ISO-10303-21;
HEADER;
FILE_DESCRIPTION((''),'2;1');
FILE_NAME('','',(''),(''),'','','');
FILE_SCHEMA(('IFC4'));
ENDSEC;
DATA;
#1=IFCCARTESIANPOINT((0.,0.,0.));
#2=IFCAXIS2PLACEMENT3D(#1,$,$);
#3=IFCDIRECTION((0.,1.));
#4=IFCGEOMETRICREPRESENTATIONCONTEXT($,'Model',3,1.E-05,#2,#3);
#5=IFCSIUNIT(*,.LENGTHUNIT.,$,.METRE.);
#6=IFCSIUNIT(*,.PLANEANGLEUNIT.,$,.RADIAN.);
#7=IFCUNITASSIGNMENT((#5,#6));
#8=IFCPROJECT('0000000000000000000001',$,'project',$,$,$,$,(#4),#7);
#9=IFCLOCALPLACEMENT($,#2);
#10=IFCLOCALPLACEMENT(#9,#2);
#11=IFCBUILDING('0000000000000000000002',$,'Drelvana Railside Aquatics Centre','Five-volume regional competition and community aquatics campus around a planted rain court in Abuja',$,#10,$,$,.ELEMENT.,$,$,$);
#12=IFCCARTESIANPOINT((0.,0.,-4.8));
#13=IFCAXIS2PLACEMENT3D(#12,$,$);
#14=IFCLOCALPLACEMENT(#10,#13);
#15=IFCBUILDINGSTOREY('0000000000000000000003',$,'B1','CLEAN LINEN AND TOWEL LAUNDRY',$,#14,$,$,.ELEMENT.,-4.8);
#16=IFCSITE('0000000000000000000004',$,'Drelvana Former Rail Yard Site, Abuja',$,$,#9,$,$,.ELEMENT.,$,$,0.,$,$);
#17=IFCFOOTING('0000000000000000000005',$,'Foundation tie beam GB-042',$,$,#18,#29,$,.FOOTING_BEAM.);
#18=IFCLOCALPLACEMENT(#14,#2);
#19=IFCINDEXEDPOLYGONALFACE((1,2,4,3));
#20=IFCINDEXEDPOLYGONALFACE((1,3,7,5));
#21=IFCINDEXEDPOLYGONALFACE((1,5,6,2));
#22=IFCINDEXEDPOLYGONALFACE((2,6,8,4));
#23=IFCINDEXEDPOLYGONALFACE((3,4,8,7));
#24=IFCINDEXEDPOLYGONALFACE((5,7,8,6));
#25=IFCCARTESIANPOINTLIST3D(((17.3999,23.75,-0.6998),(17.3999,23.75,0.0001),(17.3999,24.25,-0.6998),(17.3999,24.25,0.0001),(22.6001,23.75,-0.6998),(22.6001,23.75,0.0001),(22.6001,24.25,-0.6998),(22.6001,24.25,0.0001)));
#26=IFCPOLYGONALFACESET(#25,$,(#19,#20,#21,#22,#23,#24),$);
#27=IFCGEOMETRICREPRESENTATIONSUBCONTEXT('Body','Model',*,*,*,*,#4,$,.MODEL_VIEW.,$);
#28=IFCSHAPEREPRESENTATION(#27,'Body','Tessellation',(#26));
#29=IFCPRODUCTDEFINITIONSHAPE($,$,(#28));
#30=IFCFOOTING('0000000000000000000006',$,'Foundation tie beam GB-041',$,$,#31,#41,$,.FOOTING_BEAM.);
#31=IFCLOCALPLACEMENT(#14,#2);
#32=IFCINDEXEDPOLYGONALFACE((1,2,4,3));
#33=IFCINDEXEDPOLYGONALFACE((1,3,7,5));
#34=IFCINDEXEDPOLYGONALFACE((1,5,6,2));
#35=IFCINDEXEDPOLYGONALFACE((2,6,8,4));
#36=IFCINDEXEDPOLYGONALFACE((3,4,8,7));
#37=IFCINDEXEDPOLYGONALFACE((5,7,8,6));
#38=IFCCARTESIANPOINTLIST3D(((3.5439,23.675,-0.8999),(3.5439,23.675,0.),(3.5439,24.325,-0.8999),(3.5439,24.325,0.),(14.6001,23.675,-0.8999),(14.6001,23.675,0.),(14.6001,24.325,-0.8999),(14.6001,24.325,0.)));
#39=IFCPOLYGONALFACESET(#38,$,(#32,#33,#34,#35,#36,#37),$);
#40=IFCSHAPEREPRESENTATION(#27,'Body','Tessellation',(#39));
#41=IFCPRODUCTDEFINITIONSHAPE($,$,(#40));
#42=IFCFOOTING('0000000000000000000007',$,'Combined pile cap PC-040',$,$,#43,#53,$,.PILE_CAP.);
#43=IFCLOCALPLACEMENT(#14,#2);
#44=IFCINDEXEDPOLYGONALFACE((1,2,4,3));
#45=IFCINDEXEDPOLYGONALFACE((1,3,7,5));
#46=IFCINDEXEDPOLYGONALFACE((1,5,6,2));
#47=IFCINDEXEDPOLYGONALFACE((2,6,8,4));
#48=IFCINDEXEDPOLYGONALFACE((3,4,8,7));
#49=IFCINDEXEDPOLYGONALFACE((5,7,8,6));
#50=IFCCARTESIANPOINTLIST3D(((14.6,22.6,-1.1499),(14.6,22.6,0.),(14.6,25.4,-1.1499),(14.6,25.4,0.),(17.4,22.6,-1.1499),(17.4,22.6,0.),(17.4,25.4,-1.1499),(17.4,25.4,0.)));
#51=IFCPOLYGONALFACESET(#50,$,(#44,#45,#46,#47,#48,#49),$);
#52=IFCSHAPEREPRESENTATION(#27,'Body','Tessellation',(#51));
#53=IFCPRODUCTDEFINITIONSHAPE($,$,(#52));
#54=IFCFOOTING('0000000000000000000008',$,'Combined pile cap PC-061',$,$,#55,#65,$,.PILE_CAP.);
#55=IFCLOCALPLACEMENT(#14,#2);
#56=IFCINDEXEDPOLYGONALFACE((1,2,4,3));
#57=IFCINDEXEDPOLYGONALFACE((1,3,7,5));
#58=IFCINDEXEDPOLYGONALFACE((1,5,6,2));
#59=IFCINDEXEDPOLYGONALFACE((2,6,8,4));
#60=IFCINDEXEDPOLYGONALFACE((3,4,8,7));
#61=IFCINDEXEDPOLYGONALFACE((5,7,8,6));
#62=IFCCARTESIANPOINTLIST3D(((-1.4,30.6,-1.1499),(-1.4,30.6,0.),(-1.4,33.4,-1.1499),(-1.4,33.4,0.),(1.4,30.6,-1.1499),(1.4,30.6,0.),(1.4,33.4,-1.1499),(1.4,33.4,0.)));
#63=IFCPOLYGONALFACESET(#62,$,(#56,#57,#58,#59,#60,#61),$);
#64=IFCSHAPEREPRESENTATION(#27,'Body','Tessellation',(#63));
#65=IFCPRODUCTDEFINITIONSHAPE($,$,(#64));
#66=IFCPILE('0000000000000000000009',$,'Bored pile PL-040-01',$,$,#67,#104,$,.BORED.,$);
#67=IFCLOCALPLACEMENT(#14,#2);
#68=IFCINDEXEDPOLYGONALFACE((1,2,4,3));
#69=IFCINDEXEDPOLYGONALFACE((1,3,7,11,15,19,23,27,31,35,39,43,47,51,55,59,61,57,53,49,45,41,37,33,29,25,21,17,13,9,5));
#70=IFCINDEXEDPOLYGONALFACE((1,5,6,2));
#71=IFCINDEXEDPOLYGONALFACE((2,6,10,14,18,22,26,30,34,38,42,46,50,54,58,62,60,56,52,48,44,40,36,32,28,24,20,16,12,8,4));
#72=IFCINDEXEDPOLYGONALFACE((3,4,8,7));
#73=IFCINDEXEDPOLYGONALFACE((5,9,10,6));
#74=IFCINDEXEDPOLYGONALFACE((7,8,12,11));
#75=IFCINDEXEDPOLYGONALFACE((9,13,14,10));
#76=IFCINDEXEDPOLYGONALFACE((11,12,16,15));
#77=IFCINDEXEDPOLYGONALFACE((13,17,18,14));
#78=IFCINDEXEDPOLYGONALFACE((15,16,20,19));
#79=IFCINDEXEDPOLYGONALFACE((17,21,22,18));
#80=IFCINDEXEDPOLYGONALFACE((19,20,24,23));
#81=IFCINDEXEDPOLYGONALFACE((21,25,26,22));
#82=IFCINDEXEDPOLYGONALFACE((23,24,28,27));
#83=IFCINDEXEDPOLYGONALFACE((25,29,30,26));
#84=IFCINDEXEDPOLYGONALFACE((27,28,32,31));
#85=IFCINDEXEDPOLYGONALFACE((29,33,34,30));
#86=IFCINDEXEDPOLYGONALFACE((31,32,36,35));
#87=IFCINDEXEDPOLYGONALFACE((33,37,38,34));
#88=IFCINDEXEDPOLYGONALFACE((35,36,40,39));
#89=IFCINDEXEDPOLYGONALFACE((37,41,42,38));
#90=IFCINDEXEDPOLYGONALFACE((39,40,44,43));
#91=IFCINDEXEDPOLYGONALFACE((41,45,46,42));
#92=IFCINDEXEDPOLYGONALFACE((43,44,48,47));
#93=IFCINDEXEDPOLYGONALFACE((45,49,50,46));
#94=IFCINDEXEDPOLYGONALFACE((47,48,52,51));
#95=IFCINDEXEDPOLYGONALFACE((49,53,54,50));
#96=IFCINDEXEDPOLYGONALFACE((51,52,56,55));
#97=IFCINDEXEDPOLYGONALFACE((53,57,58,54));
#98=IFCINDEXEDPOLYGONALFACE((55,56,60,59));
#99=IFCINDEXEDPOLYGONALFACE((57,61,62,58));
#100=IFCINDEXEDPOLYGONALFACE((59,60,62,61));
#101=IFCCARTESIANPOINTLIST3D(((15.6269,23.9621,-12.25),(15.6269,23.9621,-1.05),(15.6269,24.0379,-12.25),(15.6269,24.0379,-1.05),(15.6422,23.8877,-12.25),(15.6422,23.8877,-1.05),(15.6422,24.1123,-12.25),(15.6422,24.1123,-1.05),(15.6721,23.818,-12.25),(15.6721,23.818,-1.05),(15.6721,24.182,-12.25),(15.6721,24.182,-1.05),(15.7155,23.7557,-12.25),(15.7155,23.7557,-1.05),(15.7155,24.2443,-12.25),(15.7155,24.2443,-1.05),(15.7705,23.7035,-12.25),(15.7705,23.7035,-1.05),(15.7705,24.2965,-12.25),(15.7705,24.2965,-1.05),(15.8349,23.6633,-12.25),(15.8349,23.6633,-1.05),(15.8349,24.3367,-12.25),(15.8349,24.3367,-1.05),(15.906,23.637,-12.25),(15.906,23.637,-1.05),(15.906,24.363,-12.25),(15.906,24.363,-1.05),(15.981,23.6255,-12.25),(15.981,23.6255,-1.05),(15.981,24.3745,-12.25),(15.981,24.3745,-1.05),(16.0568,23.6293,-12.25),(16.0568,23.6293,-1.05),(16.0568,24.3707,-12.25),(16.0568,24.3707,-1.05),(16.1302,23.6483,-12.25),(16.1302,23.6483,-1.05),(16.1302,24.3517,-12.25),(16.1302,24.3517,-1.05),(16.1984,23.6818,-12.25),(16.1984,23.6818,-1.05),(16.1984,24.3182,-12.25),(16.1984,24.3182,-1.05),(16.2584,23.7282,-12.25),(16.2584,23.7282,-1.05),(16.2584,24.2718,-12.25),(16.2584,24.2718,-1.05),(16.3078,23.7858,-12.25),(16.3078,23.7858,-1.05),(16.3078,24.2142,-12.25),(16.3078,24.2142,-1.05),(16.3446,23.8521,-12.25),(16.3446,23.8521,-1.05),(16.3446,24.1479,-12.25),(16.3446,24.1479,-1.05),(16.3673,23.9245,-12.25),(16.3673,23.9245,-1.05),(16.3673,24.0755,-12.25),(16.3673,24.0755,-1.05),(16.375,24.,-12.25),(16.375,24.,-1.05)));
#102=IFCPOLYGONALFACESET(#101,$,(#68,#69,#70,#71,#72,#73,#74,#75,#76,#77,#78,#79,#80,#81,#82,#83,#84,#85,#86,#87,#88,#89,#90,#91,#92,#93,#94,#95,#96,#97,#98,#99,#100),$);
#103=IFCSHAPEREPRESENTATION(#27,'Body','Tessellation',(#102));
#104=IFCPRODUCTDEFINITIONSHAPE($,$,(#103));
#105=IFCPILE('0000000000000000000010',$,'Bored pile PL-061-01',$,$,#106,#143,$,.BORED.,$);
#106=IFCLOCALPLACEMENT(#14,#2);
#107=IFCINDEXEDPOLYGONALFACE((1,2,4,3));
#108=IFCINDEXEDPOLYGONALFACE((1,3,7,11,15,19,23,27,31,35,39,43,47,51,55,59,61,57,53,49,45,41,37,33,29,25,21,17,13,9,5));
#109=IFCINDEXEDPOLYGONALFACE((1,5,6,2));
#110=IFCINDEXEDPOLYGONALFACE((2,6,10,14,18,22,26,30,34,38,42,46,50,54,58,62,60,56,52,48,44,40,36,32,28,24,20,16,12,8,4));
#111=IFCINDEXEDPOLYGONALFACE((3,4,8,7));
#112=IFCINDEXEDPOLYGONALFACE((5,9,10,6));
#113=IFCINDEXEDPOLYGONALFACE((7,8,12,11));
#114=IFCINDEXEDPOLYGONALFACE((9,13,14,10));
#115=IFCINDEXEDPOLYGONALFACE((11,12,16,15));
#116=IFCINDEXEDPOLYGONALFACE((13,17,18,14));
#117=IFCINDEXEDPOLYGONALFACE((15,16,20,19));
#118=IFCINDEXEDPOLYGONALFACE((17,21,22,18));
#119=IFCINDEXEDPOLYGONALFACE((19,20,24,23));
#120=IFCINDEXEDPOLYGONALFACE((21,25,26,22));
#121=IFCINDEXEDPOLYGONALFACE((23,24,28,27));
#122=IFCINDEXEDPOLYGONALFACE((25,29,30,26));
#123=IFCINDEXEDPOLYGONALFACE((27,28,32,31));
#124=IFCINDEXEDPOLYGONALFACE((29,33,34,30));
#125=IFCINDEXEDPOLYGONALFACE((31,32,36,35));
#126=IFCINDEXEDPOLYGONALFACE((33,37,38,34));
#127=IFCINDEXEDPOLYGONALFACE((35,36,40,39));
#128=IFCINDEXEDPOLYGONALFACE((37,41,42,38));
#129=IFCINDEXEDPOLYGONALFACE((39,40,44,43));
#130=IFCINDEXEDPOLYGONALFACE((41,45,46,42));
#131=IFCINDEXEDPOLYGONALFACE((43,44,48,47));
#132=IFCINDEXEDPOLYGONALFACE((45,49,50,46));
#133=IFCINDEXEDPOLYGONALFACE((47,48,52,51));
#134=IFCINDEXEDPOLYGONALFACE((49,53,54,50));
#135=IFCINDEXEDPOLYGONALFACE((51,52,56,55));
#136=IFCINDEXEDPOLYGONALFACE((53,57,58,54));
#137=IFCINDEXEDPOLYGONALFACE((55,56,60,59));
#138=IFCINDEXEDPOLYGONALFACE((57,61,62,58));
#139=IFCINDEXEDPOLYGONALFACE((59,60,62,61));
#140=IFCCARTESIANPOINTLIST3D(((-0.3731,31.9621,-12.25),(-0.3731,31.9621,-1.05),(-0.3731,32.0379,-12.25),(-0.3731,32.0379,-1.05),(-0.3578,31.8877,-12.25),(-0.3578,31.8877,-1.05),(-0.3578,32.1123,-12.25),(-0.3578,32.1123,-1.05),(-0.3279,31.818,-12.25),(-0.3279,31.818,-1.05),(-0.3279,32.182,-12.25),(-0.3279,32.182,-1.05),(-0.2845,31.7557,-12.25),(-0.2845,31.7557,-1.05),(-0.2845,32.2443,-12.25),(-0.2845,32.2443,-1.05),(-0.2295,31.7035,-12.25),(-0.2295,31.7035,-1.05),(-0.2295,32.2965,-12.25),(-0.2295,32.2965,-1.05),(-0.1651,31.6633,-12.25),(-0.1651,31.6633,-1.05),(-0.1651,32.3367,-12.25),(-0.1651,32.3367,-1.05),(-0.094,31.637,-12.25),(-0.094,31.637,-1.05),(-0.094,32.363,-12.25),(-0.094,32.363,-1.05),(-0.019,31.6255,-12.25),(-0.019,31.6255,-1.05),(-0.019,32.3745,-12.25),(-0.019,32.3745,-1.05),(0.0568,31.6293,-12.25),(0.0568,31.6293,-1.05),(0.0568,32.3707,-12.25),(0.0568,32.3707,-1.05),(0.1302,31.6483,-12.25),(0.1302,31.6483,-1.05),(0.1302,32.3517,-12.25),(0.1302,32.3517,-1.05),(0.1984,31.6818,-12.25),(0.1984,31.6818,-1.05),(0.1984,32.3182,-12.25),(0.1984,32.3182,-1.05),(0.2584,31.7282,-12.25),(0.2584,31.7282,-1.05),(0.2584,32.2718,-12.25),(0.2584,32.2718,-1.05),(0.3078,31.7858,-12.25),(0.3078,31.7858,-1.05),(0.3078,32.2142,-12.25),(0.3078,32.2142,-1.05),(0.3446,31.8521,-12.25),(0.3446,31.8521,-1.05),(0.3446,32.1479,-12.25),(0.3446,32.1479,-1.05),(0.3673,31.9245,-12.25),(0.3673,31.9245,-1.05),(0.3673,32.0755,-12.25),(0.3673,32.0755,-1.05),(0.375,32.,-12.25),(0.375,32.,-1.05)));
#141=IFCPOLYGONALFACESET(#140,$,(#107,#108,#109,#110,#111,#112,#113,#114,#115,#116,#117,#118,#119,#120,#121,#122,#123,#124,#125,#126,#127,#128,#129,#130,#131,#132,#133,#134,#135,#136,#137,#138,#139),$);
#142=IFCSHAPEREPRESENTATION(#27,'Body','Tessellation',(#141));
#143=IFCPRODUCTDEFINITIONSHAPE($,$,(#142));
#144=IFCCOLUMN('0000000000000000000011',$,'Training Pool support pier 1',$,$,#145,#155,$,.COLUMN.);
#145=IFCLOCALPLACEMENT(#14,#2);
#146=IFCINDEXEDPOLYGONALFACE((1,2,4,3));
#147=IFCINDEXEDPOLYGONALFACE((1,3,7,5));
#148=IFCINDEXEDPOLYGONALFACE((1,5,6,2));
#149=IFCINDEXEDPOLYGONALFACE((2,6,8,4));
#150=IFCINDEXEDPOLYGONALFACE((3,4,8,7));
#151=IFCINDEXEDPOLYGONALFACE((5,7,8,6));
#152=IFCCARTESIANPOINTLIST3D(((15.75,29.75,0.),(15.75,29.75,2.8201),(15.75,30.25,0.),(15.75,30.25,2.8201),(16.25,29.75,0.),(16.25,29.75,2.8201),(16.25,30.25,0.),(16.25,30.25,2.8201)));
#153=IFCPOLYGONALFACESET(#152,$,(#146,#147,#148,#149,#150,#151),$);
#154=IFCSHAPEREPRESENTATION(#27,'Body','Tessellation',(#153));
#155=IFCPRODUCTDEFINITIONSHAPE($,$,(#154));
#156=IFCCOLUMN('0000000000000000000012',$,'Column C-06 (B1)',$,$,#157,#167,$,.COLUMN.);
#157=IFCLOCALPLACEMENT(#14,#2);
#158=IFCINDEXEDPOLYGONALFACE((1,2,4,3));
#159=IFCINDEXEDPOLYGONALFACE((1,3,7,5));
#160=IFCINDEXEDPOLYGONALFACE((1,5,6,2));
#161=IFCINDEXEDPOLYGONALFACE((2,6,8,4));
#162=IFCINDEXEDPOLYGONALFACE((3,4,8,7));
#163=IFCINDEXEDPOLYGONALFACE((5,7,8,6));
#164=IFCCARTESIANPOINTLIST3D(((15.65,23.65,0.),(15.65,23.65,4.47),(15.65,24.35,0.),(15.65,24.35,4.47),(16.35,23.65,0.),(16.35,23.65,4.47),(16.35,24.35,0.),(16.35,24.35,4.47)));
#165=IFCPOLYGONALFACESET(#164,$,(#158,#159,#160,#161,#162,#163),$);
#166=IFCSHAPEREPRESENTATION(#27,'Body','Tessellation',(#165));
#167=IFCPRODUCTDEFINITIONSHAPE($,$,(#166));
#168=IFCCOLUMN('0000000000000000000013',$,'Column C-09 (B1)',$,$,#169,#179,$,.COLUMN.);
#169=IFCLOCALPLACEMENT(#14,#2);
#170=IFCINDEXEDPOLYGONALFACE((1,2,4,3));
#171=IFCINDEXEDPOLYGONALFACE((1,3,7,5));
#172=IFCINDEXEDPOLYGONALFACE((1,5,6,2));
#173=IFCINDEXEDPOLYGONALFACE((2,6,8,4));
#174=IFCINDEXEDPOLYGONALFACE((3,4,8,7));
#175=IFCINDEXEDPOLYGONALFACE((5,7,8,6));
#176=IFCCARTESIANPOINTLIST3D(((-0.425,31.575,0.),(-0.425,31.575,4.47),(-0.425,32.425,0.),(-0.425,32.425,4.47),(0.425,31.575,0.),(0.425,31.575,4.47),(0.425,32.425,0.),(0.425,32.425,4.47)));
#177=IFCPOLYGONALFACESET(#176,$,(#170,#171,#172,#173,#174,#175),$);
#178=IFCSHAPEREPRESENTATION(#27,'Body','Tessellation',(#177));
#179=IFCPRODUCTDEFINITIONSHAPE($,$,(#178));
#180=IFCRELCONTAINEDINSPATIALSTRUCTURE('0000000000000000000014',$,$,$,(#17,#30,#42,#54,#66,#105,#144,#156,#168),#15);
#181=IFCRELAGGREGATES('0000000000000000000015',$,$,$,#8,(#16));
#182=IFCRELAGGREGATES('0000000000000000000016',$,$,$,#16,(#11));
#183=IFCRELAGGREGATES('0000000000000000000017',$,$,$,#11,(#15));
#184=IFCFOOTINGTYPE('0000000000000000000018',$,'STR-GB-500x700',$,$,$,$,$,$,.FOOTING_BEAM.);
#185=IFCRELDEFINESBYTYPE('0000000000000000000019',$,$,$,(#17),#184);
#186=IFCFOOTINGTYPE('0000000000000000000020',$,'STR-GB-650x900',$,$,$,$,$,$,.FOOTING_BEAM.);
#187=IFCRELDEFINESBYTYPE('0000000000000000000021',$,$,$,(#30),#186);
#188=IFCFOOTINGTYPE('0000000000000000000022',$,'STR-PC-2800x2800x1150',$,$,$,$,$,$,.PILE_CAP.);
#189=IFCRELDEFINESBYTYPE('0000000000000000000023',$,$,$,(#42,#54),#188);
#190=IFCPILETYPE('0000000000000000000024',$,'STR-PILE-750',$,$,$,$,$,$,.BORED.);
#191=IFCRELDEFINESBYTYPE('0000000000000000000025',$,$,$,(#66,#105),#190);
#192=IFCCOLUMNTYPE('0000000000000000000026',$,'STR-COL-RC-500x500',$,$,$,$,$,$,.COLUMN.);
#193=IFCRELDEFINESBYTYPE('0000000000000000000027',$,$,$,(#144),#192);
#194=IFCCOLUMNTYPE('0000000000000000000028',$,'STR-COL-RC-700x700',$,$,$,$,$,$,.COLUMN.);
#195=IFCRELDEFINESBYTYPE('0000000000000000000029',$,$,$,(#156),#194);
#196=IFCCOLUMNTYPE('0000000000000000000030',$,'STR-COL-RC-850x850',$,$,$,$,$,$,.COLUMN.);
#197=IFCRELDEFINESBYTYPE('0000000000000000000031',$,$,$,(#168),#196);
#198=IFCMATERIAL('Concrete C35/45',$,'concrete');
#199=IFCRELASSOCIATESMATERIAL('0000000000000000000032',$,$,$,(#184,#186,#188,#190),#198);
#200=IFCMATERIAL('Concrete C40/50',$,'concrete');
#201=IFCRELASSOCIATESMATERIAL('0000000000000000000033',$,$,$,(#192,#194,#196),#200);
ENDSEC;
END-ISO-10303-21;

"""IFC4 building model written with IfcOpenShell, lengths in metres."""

from ifc_helpers import new_model, si_unit, direction, frame, origin, origin_2d, place, context, subcontext, project, spatial, rectangle, circle, extrude, material, material_profile, profile_set, type_object, element, save


model = new_model("IFC4")

# Units and contexts
model_context = context("Model", 3, precision=1e-05, world=origin(), true_north=direction((0.0, 1.0)))
body_context = subcontext(model_context, "Body", "Model", "MODEL_VIEW")
ifc_project = project(units=[si_unit("LENGTHUNIT", "METRE"), si_unit("PLANEANGLEUNIT", "RADIAN")], contexts=[model_context])

# Site, building, storey
site_placement = place(None, origin())
site = spatial("IfcSite", under=ifc_project, at=site_placement, Name="Drelvana Former Rail Yard Site, Abuja", CompositionType="ELEMENT", RefElevation=0.0)
building_placement = place(site_placement, origin())
building = spatial("IfcBuilding", under=site, at=building_placement, Name="Drelvana Railside Aquatics Centre", Description="Five-volume regional competition and community aquatics campus around a planted rain court in Abuja", CompositionType="ELEMENT")
storey_placement = place(building_placement, frame((0.0, 0.0, -4.8)))
storey = spatial("IfcBuildingStorey", under=building, at=storey_placement, Name="B1", Description="CLEAN LINEN AND TOWEL LAUNDRY", CompositionType="ELEMENT", Elevation=-4.8)

# Footings
ifc_material_1 = material(Name="Concrete C35/45", Category="concrete")
ifc_material_profile_1 = material_profile(ifc_material_1, rectangle(XDim=0.5, YDim=0.7, at=origin_2d()), Name="GB 500x700")
ifc_profile_set_1 = profile_set([ifc_material_profile_1], Name="Concrete C35/45")
footing_type_1 = type_object("IfcFootingType", Name="STR-GB-500x700", PredefinedType="FOOTING_BEAM", material=ifc_profile_set_1)
footing_1_placement = place(storey_placement, frame((17.3999, 24.0, -0.3499), z_axis=(1.0, 0.0, 0.0), x_axis=(0.0, 1.0, 0.0)))
element("IfcFooting", 1, at=footing_1_placement, inside=storey, type_object=footing_type_1, Name="Foundation tie beam GB-042", PredefinedType="FOOTING_BEAM", context=body_context, shape_type="SweptSolid", body=[
    extrude(rectangle(XDim=0.5, YDim=0.7, at=origin_2d()), origin(), (0.0, 0.0, 1.0), 5.2002),
])
ifc_material_profile_2 = material_profile(ifc_material_1, rectangle(XDim=0.6499, YDim=0.8999, at=origin_2d()), Name="GB 650x900")
ifc_profile_set_2 = profile_set([ifc_material_profile_2], Name="Concrete C35/45")
footing_type_2 = type_object("IfcFootingType", Name="STR-GB-650x900", PredefinedType="FOOTING_BEAM", material=ifc_profile_set_2)
footing_2_placement = place(storey_placement, frame((3.5439, 24.0, -0.45), z_axis=(1.0, 0.0, 0.0), x_axis=(0.0, 1.0, 0.0)))
element("IfcFooting", 2, at=footing_2_placement, inside=storey, type_object=footing_type_2, Name="Foundation tie beam GB-041", PredefinedType="FOOTING_BEAM", context=body_context, shape_type="SweptSolid", body=[
    extrude(rectangle(XDim=0.6499, YDim=0.8999, at=origin_2d()), origin(), (0.0, 0.0, 1.0), 11.0562),
])
footing_type_3 = type_object("IfcFootingType", Name="STR-PC-2800x2800x1150", PredefinedType="PILE_CAP", material=ifc_material_1)
for number, where, z_axis, x_axis, name in (
    (3, (16.0, 24.0, -1.1499), (0.0, 0.0, 1.0), (1.0, 0.0, 0.0), "Combined pile cap PC-040"),
    (4, (0.0, 32.0, -1.1499), (0.0, 0.0, 1.0), (1.0, 0.0, 0.0), "Combined pile cap PC-061"),
):
    element("IfcFooting", number, at=place(storey_placement, frame(where, z_axis=z_axis, x_axis=x_axis)), inside=storey, type_object=footing_type_3, Name=name, PredefinedType="PILE_CAP", context=body_context, shape_type="SweptSolid", body=[
        extrude(rectangle(XDim=2.8, YDim=2.8, at=origin_2d()), origin(), (0.0, 0.0, 1.0), 1.1499),
    ])

# Piles
ifc_material_profile_3 = material_profile(ifc_material_1, circle(Radius=0.375, at=origin_2d()), Name="PILE D750")
ifc_profile_set_3 = profile_set([ifc_material_profile_3], Name="Concrete C35/45")
pile_type = type_object("IfcPileType", Name="STR-PILE-750", PredefinedType="BORED", material=ifc_profile_set_3)
for number, where, z_axis, x_axis, name in (
    (5, (16.0, 24.0, -1.05), (0.0, 0.0, -1.0), (1.0, 0.0, 0.0), "Bored pile PL-040-01"),
    (6, (0.0, 32.0, -1.05), (0.0, 0.0, -1.0), (1.0, 0.0, 0.0), "Bored pile PL-061-01"),
):
    element("IfcPile", number, at=place(storey_placement, frame(where, z_axis=z_axis, x_axis=x_axis)), inside=storey, type_object=pile_type, Name=name, PredefinedType="BORED", context=body_context, shape_type="SweptSolid", body=[
        extrude(circle(Radius=0.375, at=origin_2d()), origin(), (0.0, 0.0, 1.0), 11.2),
    ])

# Columns
ifc_material_2 = material(Name="Concrete C40/50", Category="concrete")
ifc_material_profile_4 = material_profile(ifc_material_2, rectangle(XDim=0.5, YDim=0.5, at=origin_2d()), Name="RC 500x500")
ifc_profile_set_4 = profile_set([ifc_material_profile_4], Name="Concrete C40/50")
column_type_1 = type_object("IfcColumnType", Name="STR-COL-RC-500x500", PredefinedType="COLUMN", material=ifc_profile_set_4)
column_1_placement = place(storey_placement, frame((16.0, 30.0, 0.0), z_axis=(0.0, 0.0, 1.0), x_axis=(1.0, 0.0, 0.0)))
element("IfcColumn", 7, at=column_1_placement, inside=storey, type_object=column_type_1, Name="Training Pool support pier 1", PredefinedType="COLUMN", context=body_context, shape_type="SweptSolid", body=[
    extrude(rectangle(XDim=0.5, YDim=0.5, at=origin_2d()), origin(), (0.0, 0.0, 1.0), 2.8201),
])
ifc_material_profile_5 = material_profile(ifc_material_2, rectangle(XDim=0.7, YDim=0.7, at=origin_2d()), Name="RC 700x700")
ifc_profile_set_5 = profile_set([ifc_material_profile_5], Name="Concrete C40/50")
column_type_2 = type_object("IfcColumnType", Name="STR-COL-RC-700x700", PredefinedType="COLUMN", material=ifc_profile_set_5)
column_2_placement = place(storey_placement, frame((16.0, 24.0, 0.0), z_axis=(0.0, 0.0, 1.0), x_axis=(1.0, 0.0, 0.0)))
element("IfcColumn", 8, at=column_2_placement, inside=storey, type_object=column_type_2, Name="Column C-06 (B1)", PredefinedType="COLUMN", context=body_context, shape_type="SweptSolid", body=[
    extrude(rectangle(XDim=0.7, YDim=0.7, at=origin_2d()), origin(), (0.0, 0.0, 1.0), 4.47),
])
ifc_material_profile_6 = material_profile(ifc_material_2, rectangle(XDim=0.8501, YDim=0.8501, at=origin_2d()), Name="RC 850x850")
ifc_profile_set_6 = profile_set([ifc_material_profile_6], Name="Concrete C40/50")
column_type_3 = type_object("IfcColumnType", Name="STR-COL-RC-850x850", PredefinedType="COLUMN", material=ifc_profile_set_6)
column_3_placement = place(storey_placement, frame((0.0, 32.0, 0.0), z_axis=(0.0, 0.0, 1.0), x_axis=(1.0, 0.0, 0.0)))
element("IfcColumn", 9, at=column_3_placement, inside=storey, type_object=column_type_3, Name="Column C-09 (B1)", PredefinedType="COLUMN", context=body_context, shape_type="SweptSolid", body=[
    extrude(rectangle(XDim=0.8501, YDim=0.8501, at=origin_2d()), origin(), (0.0, 0.0, 1.0), 4.47),
])

save(model, "model.ifc")
